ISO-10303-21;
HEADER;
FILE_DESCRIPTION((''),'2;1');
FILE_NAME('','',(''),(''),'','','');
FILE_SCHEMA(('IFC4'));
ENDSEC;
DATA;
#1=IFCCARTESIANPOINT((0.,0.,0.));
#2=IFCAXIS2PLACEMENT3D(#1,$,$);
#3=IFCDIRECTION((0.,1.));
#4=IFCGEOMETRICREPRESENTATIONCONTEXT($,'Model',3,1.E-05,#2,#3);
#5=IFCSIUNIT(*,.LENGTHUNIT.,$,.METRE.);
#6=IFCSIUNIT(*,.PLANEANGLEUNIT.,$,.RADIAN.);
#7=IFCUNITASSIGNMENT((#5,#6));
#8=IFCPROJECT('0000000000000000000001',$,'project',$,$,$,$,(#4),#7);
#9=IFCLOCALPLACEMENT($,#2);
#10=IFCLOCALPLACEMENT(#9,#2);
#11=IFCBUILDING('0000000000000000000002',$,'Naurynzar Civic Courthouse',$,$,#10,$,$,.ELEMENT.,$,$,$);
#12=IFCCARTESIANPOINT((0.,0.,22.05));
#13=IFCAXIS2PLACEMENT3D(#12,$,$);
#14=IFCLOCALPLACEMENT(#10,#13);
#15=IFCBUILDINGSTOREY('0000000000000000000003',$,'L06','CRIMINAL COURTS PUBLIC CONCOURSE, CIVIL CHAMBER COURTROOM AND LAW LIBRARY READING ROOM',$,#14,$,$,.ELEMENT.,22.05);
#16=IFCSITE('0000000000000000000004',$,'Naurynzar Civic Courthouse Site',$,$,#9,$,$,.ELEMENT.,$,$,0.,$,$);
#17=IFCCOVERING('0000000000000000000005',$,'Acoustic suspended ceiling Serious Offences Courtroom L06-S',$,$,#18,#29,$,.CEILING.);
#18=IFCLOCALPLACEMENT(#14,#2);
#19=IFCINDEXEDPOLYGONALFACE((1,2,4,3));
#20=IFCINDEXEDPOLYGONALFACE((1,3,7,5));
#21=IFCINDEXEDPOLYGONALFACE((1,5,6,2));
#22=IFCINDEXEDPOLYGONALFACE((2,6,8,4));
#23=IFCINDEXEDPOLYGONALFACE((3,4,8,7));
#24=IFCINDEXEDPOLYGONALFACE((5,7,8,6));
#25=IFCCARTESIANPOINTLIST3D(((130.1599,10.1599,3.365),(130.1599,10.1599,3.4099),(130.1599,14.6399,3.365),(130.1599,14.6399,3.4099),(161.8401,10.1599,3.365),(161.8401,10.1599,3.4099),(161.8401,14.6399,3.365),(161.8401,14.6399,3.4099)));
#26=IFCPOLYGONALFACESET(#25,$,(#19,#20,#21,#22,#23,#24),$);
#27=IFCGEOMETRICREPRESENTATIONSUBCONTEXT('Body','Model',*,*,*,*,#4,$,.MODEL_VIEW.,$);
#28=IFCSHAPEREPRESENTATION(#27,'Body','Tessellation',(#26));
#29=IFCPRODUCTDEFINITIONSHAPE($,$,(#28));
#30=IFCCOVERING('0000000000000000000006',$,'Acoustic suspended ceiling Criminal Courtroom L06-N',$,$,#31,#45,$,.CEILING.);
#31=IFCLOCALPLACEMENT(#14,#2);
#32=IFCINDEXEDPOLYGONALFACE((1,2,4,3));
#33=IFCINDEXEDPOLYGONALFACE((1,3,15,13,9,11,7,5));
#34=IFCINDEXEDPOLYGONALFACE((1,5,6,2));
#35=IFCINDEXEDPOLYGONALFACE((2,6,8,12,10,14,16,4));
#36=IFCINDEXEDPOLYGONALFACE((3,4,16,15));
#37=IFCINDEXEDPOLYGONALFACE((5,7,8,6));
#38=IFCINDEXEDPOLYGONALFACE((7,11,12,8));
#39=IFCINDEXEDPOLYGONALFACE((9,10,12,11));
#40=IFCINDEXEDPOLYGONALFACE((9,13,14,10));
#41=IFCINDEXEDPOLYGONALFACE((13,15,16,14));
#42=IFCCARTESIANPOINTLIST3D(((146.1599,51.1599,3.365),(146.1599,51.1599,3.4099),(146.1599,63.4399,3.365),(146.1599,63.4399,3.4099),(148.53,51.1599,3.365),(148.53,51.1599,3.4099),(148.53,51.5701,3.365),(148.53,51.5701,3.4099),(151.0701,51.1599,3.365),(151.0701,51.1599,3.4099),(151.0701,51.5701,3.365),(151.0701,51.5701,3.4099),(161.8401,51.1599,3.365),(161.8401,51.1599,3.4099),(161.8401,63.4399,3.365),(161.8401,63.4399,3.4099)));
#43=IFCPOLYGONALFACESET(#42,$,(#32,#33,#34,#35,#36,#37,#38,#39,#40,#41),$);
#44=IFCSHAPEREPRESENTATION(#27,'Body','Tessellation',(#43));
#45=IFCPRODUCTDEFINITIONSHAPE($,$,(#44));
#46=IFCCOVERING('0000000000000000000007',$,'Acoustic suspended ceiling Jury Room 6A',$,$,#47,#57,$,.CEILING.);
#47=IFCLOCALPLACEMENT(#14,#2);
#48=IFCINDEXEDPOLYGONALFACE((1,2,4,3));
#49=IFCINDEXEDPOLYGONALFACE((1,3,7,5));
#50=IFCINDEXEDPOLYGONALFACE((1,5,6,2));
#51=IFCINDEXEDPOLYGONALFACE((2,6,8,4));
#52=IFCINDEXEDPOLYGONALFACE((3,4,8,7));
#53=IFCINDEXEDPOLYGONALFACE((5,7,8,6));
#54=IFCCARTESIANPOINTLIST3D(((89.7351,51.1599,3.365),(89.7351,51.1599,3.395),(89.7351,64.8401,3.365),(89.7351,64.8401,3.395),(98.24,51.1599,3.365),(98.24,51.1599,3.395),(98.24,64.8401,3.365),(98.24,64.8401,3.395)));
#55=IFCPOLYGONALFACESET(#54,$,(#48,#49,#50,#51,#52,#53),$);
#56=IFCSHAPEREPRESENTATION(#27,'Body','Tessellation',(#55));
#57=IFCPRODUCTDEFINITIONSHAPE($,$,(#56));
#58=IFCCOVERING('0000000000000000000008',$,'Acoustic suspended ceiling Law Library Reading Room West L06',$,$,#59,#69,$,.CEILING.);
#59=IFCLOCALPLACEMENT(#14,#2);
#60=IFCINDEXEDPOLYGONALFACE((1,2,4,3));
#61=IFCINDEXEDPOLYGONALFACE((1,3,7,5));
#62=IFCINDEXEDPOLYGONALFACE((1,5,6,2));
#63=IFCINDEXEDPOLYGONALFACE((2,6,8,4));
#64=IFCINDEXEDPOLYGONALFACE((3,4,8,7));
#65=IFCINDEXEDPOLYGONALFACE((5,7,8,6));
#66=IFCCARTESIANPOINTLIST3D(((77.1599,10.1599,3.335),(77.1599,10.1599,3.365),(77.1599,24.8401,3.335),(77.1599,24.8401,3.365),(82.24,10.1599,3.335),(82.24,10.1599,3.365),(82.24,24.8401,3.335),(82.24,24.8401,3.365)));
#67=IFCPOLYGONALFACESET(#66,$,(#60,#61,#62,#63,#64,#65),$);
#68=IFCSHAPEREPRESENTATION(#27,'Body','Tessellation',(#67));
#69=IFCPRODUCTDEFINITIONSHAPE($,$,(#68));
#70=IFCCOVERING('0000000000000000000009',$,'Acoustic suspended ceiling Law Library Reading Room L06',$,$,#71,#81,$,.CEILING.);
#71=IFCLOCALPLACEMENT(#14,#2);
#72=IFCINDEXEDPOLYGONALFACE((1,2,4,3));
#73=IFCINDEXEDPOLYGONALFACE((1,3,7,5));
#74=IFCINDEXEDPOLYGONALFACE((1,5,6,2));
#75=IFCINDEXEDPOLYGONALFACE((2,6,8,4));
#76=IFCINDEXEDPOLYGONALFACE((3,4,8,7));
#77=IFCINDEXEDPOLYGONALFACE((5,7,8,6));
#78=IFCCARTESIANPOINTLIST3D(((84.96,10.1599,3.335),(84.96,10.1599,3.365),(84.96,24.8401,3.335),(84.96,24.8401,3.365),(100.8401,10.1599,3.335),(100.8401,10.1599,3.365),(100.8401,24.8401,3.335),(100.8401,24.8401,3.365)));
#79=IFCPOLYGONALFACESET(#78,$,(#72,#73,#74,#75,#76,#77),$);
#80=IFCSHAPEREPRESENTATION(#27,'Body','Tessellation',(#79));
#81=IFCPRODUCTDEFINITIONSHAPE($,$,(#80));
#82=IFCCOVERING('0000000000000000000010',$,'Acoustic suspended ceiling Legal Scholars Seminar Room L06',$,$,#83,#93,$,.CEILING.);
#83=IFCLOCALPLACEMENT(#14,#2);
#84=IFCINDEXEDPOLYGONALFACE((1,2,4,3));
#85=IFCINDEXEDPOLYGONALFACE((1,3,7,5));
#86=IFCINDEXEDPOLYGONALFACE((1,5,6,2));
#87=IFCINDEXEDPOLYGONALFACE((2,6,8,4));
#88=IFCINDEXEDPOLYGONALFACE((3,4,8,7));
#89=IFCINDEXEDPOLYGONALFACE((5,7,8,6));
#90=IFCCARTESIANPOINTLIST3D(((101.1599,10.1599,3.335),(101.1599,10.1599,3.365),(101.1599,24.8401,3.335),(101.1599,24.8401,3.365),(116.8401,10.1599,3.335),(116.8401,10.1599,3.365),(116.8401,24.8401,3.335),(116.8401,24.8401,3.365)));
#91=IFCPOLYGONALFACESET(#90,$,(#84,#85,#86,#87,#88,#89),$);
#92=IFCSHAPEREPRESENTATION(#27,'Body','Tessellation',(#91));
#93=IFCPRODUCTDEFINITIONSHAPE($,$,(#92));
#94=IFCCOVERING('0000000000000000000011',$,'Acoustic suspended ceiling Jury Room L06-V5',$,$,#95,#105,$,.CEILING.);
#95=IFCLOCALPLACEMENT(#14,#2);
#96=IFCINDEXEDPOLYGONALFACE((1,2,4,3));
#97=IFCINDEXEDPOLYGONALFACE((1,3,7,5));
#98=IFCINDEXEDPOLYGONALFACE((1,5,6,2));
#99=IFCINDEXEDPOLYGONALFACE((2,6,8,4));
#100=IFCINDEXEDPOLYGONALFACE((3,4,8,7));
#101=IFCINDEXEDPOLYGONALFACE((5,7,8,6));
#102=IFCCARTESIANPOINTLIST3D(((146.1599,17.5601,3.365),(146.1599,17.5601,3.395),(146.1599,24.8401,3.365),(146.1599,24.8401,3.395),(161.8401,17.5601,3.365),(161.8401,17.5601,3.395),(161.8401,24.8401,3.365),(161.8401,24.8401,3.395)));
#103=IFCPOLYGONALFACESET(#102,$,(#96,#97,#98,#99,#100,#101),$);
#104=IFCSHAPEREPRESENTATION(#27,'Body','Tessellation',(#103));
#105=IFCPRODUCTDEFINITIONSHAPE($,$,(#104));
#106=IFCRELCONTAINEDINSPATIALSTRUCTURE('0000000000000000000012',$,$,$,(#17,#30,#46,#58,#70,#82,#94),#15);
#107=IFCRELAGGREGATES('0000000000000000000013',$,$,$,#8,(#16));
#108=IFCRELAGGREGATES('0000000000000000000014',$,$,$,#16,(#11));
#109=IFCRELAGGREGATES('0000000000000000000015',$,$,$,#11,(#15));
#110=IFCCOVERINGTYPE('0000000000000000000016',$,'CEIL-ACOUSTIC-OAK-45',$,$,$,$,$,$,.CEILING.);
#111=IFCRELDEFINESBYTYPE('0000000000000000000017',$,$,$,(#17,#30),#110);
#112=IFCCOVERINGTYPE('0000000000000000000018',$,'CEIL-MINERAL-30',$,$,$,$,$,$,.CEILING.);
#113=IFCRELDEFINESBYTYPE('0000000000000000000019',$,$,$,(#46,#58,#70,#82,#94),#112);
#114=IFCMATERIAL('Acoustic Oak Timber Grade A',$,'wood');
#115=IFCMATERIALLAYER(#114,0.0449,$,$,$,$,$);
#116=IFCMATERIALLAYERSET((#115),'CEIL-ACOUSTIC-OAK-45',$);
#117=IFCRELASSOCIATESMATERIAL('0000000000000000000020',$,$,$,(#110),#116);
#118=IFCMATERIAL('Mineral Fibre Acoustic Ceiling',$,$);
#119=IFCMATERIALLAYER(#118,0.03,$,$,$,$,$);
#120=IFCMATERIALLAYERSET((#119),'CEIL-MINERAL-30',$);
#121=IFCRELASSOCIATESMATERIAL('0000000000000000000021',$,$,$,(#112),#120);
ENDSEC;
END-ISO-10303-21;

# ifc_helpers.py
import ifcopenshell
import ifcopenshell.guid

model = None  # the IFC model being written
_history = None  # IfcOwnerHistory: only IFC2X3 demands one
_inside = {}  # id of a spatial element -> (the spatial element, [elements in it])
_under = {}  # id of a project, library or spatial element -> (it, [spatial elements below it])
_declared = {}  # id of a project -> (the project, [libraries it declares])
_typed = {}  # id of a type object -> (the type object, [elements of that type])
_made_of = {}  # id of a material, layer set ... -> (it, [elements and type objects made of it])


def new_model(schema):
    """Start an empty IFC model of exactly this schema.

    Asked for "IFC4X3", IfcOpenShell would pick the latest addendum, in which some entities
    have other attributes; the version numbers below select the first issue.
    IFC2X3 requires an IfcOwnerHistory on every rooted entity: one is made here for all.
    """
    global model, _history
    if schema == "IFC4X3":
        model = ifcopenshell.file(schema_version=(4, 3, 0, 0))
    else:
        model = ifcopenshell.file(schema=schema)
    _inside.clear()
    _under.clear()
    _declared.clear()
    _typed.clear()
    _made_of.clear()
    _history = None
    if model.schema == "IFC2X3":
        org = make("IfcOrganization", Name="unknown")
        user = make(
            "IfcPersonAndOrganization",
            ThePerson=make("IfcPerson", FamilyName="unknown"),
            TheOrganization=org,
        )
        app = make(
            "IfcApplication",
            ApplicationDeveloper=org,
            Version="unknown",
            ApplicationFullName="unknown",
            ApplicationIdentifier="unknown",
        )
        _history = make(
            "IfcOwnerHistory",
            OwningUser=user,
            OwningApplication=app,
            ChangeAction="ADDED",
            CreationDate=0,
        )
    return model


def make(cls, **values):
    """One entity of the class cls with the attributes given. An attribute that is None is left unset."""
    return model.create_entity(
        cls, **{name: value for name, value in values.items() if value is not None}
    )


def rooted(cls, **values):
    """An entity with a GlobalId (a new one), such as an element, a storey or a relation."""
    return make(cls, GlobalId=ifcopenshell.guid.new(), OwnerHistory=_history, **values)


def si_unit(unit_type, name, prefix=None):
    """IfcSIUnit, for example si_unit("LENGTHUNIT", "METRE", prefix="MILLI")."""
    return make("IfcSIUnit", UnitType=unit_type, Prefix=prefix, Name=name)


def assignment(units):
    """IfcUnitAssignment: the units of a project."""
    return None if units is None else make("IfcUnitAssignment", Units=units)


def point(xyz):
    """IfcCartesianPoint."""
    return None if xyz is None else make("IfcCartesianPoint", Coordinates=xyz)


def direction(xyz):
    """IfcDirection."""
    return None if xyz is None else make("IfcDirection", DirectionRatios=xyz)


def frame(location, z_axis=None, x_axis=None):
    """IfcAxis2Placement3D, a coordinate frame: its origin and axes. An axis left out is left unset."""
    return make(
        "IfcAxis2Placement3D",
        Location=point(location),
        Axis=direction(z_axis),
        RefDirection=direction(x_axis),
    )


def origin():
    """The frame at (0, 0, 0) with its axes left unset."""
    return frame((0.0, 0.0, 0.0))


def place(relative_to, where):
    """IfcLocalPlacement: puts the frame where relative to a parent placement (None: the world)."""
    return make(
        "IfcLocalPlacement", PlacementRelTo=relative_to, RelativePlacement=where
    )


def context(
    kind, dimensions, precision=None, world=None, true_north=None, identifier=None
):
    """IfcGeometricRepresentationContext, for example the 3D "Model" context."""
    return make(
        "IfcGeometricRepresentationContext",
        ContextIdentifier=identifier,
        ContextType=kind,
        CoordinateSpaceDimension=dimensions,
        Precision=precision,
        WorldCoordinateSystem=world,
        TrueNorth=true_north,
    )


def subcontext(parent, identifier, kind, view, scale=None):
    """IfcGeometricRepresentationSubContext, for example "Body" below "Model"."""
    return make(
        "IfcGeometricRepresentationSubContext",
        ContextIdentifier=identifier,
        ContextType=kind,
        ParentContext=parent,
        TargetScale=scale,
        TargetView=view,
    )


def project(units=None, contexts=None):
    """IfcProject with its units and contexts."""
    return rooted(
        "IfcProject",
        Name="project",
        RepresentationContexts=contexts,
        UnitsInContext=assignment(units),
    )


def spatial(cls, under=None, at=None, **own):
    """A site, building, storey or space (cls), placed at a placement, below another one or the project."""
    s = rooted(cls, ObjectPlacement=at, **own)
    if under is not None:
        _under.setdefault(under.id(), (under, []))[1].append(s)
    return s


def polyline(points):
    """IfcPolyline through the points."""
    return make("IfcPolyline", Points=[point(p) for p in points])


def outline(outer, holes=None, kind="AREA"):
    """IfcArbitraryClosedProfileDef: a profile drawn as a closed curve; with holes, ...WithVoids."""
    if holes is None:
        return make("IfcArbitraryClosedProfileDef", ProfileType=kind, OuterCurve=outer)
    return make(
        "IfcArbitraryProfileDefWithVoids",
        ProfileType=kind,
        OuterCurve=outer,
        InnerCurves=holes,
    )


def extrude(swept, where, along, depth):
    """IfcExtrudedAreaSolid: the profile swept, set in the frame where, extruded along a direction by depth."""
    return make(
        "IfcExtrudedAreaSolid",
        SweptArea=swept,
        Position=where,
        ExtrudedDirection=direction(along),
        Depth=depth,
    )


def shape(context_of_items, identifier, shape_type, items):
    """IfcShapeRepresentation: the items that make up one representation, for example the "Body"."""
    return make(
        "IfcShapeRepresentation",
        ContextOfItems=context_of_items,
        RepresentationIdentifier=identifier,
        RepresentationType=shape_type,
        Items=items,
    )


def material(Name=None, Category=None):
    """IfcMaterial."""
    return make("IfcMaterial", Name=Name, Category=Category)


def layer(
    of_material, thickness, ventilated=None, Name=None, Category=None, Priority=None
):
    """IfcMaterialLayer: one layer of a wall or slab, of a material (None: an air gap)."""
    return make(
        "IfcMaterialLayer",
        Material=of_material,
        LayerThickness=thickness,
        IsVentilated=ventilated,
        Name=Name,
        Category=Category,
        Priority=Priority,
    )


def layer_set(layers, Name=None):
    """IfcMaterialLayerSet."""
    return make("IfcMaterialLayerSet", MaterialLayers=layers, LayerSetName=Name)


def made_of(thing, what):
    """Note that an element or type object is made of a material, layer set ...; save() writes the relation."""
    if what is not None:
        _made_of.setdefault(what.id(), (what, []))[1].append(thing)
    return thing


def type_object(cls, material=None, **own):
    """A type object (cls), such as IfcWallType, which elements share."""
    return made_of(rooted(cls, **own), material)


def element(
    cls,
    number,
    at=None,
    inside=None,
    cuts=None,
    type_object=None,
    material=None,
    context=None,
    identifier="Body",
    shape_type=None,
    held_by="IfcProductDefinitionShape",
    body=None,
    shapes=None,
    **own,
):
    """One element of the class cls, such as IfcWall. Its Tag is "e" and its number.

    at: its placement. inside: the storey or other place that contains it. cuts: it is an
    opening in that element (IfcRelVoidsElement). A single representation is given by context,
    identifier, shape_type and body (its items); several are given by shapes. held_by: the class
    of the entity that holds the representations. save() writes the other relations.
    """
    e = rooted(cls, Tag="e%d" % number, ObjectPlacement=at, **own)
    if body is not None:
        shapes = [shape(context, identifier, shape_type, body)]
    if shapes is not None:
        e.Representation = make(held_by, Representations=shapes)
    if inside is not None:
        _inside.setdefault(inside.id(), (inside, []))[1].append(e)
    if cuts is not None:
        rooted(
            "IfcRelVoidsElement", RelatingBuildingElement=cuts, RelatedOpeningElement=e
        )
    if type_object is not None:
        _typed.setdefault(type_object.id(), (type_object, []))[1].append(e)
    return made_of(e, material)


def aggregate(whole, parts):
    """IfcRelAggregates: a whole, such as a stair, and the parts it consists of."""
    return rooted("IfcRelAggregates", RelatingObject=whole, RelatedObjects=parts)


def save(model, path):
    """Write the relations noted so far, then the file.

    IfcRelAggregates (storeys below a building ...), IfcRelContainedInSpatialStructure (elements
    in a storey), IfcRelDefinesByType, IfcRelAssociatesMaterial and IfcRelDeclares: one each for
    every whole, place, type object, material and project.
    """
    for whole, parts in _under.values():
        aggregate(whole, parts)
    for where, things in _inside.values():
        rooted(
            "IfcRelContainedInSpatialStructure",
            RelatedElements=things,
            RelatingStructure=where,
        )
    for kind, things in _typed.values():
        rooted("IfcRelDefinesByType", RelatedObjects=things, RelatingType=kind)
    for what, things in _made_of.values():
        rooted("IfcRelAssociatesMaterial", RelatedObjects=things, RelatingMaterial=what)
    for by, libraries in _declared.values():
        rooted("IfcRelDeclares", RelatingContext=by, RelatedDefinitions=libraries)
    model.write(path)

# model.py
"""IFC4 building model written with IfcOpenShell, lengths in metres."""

from ifc_helpers import new_model, si_unit, direction, frame, origin, place, context, subcontext, project, spatial, polyline, outline, extrude, material, layer, layer_set, type_object, element, save


model = new_model("IFC4")

# Units and contexts
model_context = context("Model", 3, precision=1e-05, world=origin(), true_north=direction((0.0, 1.0)))
body_context = subcontext(model_context, "Body", "Model", "MODEL_VIEW")
ifc_project = project(units=[si_unit("LENGTHUNIT", "METRE"), si_unit("PLANEANGLEUNIT", "RADIAN")], contexts=[model_context])

# Site, building, storey
site_placement = place(None, origin())
site = spatial("IfcSite", under=ifc_project, at=site_placement, Name="Naurynzar Civic Courthouse Site", CompositionType="ELEMENT", RefElevation=0.0)
building_placement = place(site_placement, origin())
building = spatial("IfcBuilding", under=site, at=building_placement, Name="Naurynzar Civic Courthouse", CompositionType="ELEMENT")
storey_placement = place(building_placement, frame((0.0, 0.0, 22.05)))
storey = spatial("IfcBuildingStorey", under=building, at=storey_placement, Name="L06", Description="CRIMINAL COURTS PUBLIC CONCOURSE, CIVIL CHAMBER COURTROOM AND LAW LIBRARY READING ROOM", CompositionType="ELEMENT", Elevation=22.05)

# Coverings
ifc_material_1 = material(Name="Acoustic Oak Timber Grade A", Category="wood")
ifc_layer_1 = layer(ifc_material_1, 0.0449)
ifc_layer_set_1 = layer_set([ifc_layer_1], Name="CEIL-ACOUSTIC-OAK-45")
covering_type_1 = type_object("IfcCoveringType", Name="CEIL-ACOUSTIC-OAK-45", PredefinedType="CEILING", material=ifc_layer_set_1)
covering_1_placement = place(storey_placement, frame((0.0, 0.0, 3.365)))
element("IfcCovering", 1, at=covering_1_placement, inside=storey, type_object=covering_type_1, Name="Acoustic suspended ceiling Serious Offences Courtroom L06-S", PredefinedType="CEILING", context=body_context, shape_type="SweptSolid", body=[
    extrude(outline(polyline([(130.1599, 10.1599), (130.1599, 14.6399), (161.8401, 14.6399), (161.8401, 10.1599), (130.1599, 10.1599)])), origin(), (0.0, 0.0, 1.0), 0.0449),
])
covering_2_placement = place(storey_placement, frame((0.0, 0.0, 3.365)))
element("IfcCovering", 2, at=covering_2_placement, inside=storey, type_object=covering_type_1, Name="Acoustic suspended ceiling Criminal Courtroom L06-N", PredefinedType="CEILING", context=body_context, shape_type="SweptSolid", body=[
    extrude(outline(polyline([(151.0701, 51.1599), (151.0701, 51.5701), (148.53, 51.5701), (148.53, 51.1599), (146.1599, 51.1599), (146.1599, 63.4399), (161.8401, 63.4399), (161.8401, 51.1599), (151.0701, 51.1599)])), origin(), (0.0, 0.0, 1.0), 0.0449),
])
ifc_material_2 = material(Name="Mineral Fibre Acoustic Ceiling")
ifc_layer_2 = layer(ifc_material_2, 0.03)
ifc_layer_set_2 = layer_set([ifc_layer_2], Name="CEIL-MINERAL-30")
covering_type_2 = type_object("IfcCoveringType", Name="CEIL-MINERAL-30", PredefinedType="CEILING", material=ifc_layer_set_2)
covering_3_placement = place(storey_placement, frame((0.0, 0.0, 3.365)))
element("IfcCovering", 3, at=covering_3_placement, inside=storey, type_object=covering_type_2, Name="Acoustic suspended ceiling Jury Room 6A", PredefinedType="CEILING", context=body_context, shape_type="SweptSolid", body=[
    extrude(outline(polyline([(98.24, 51.1599), (89.7351, 51.1599), (89.7351, 64.8401), (98.24, 64.8401), (98.24, 51.1599)])), origin(), (0.0, 0.0, 1.0), 0.03),
])
covering_4_placement = place(storey_placement, frame((0.0, 0.0, 3.335)))
element("IfcCovering", 4, at=covering_4_placement, inside=storey, type_object=covering_type_2, Name="Acoustic suspended ceiling Law Library Reading Room West L06", PredefinedType="CEILING", context=body_context, shape_type="SweptSolid", body=[
    extrude(outline(polyline([(82.24, 10.1599), (77.1599, 10.1599), (77.1599, 24.8401), (82.24, 24.8401), (82.24, 10.1599)])), origin(), (0.0, 0.0, 1.0), 0.03),
])
covering_5_placement = place(storey_placement, frame((0.0, 0.0, 3.335)))
element("IfcCovering", 5, at=covering_5_placement, inside=storey, type_object=covering_type_2, Name="Acoustic suspended ceiling Law Library Reading Room L06", PredefinedType="CEILING", context=body_context, shape_type="SweptSolid", body=[
    extrude(outline(polyline([(100.8401, 10.1599), (84.96, 10.1599), (84.96, 24.8401), (100.8401, 24.8401), (100.8401, 10.1599)])), origin(), (0.0, 0.0, 1.0), 0.03),
])
covering_6_placement = place(storey_placement, frame((0.0, 0.0, 3.335)))
element("IfcCovering", 6, at=covering_6_placement, inside=storey, type_object=covering_type_2, Name="Acoustic suspended ceiling Legal Scholars Seminar Room L06", PredefinedType="CEILING", context=body_context, shape_type="SweptSolid", body=[
    extrude(outline(polyline([(116.8401, 10.1599), (101.1599, 10.1599), (101.1599, 24.8401), (116.8401, 24.8401), (116.8401, 10.1599)])), origin(), (0.0, 0.0, 1.0), 0.03),
])
covering_7_placement = place(storey_placement, frame((0.0, 0.0, 3.365)))
element("IfcCovering", 7, at=covering_7_placement, inside=storey, type_object=covering_type_2, Name="Acoustic suspended ceiling Jury Room L06-V5", PredefinedType="CEILING", context=body_context, shape_type="SweptSolid", body=[
    extrude(outline(polyline([(146.1599, 17.5601), (146.1599, 24.8401), (161.8401, 24.8401), (161.8401, 17.5601), (146.1599, 17.5601)])), origin(), (0.0, 0.0, 1.0), 0.03),
])

save(model, "model.ifc")
